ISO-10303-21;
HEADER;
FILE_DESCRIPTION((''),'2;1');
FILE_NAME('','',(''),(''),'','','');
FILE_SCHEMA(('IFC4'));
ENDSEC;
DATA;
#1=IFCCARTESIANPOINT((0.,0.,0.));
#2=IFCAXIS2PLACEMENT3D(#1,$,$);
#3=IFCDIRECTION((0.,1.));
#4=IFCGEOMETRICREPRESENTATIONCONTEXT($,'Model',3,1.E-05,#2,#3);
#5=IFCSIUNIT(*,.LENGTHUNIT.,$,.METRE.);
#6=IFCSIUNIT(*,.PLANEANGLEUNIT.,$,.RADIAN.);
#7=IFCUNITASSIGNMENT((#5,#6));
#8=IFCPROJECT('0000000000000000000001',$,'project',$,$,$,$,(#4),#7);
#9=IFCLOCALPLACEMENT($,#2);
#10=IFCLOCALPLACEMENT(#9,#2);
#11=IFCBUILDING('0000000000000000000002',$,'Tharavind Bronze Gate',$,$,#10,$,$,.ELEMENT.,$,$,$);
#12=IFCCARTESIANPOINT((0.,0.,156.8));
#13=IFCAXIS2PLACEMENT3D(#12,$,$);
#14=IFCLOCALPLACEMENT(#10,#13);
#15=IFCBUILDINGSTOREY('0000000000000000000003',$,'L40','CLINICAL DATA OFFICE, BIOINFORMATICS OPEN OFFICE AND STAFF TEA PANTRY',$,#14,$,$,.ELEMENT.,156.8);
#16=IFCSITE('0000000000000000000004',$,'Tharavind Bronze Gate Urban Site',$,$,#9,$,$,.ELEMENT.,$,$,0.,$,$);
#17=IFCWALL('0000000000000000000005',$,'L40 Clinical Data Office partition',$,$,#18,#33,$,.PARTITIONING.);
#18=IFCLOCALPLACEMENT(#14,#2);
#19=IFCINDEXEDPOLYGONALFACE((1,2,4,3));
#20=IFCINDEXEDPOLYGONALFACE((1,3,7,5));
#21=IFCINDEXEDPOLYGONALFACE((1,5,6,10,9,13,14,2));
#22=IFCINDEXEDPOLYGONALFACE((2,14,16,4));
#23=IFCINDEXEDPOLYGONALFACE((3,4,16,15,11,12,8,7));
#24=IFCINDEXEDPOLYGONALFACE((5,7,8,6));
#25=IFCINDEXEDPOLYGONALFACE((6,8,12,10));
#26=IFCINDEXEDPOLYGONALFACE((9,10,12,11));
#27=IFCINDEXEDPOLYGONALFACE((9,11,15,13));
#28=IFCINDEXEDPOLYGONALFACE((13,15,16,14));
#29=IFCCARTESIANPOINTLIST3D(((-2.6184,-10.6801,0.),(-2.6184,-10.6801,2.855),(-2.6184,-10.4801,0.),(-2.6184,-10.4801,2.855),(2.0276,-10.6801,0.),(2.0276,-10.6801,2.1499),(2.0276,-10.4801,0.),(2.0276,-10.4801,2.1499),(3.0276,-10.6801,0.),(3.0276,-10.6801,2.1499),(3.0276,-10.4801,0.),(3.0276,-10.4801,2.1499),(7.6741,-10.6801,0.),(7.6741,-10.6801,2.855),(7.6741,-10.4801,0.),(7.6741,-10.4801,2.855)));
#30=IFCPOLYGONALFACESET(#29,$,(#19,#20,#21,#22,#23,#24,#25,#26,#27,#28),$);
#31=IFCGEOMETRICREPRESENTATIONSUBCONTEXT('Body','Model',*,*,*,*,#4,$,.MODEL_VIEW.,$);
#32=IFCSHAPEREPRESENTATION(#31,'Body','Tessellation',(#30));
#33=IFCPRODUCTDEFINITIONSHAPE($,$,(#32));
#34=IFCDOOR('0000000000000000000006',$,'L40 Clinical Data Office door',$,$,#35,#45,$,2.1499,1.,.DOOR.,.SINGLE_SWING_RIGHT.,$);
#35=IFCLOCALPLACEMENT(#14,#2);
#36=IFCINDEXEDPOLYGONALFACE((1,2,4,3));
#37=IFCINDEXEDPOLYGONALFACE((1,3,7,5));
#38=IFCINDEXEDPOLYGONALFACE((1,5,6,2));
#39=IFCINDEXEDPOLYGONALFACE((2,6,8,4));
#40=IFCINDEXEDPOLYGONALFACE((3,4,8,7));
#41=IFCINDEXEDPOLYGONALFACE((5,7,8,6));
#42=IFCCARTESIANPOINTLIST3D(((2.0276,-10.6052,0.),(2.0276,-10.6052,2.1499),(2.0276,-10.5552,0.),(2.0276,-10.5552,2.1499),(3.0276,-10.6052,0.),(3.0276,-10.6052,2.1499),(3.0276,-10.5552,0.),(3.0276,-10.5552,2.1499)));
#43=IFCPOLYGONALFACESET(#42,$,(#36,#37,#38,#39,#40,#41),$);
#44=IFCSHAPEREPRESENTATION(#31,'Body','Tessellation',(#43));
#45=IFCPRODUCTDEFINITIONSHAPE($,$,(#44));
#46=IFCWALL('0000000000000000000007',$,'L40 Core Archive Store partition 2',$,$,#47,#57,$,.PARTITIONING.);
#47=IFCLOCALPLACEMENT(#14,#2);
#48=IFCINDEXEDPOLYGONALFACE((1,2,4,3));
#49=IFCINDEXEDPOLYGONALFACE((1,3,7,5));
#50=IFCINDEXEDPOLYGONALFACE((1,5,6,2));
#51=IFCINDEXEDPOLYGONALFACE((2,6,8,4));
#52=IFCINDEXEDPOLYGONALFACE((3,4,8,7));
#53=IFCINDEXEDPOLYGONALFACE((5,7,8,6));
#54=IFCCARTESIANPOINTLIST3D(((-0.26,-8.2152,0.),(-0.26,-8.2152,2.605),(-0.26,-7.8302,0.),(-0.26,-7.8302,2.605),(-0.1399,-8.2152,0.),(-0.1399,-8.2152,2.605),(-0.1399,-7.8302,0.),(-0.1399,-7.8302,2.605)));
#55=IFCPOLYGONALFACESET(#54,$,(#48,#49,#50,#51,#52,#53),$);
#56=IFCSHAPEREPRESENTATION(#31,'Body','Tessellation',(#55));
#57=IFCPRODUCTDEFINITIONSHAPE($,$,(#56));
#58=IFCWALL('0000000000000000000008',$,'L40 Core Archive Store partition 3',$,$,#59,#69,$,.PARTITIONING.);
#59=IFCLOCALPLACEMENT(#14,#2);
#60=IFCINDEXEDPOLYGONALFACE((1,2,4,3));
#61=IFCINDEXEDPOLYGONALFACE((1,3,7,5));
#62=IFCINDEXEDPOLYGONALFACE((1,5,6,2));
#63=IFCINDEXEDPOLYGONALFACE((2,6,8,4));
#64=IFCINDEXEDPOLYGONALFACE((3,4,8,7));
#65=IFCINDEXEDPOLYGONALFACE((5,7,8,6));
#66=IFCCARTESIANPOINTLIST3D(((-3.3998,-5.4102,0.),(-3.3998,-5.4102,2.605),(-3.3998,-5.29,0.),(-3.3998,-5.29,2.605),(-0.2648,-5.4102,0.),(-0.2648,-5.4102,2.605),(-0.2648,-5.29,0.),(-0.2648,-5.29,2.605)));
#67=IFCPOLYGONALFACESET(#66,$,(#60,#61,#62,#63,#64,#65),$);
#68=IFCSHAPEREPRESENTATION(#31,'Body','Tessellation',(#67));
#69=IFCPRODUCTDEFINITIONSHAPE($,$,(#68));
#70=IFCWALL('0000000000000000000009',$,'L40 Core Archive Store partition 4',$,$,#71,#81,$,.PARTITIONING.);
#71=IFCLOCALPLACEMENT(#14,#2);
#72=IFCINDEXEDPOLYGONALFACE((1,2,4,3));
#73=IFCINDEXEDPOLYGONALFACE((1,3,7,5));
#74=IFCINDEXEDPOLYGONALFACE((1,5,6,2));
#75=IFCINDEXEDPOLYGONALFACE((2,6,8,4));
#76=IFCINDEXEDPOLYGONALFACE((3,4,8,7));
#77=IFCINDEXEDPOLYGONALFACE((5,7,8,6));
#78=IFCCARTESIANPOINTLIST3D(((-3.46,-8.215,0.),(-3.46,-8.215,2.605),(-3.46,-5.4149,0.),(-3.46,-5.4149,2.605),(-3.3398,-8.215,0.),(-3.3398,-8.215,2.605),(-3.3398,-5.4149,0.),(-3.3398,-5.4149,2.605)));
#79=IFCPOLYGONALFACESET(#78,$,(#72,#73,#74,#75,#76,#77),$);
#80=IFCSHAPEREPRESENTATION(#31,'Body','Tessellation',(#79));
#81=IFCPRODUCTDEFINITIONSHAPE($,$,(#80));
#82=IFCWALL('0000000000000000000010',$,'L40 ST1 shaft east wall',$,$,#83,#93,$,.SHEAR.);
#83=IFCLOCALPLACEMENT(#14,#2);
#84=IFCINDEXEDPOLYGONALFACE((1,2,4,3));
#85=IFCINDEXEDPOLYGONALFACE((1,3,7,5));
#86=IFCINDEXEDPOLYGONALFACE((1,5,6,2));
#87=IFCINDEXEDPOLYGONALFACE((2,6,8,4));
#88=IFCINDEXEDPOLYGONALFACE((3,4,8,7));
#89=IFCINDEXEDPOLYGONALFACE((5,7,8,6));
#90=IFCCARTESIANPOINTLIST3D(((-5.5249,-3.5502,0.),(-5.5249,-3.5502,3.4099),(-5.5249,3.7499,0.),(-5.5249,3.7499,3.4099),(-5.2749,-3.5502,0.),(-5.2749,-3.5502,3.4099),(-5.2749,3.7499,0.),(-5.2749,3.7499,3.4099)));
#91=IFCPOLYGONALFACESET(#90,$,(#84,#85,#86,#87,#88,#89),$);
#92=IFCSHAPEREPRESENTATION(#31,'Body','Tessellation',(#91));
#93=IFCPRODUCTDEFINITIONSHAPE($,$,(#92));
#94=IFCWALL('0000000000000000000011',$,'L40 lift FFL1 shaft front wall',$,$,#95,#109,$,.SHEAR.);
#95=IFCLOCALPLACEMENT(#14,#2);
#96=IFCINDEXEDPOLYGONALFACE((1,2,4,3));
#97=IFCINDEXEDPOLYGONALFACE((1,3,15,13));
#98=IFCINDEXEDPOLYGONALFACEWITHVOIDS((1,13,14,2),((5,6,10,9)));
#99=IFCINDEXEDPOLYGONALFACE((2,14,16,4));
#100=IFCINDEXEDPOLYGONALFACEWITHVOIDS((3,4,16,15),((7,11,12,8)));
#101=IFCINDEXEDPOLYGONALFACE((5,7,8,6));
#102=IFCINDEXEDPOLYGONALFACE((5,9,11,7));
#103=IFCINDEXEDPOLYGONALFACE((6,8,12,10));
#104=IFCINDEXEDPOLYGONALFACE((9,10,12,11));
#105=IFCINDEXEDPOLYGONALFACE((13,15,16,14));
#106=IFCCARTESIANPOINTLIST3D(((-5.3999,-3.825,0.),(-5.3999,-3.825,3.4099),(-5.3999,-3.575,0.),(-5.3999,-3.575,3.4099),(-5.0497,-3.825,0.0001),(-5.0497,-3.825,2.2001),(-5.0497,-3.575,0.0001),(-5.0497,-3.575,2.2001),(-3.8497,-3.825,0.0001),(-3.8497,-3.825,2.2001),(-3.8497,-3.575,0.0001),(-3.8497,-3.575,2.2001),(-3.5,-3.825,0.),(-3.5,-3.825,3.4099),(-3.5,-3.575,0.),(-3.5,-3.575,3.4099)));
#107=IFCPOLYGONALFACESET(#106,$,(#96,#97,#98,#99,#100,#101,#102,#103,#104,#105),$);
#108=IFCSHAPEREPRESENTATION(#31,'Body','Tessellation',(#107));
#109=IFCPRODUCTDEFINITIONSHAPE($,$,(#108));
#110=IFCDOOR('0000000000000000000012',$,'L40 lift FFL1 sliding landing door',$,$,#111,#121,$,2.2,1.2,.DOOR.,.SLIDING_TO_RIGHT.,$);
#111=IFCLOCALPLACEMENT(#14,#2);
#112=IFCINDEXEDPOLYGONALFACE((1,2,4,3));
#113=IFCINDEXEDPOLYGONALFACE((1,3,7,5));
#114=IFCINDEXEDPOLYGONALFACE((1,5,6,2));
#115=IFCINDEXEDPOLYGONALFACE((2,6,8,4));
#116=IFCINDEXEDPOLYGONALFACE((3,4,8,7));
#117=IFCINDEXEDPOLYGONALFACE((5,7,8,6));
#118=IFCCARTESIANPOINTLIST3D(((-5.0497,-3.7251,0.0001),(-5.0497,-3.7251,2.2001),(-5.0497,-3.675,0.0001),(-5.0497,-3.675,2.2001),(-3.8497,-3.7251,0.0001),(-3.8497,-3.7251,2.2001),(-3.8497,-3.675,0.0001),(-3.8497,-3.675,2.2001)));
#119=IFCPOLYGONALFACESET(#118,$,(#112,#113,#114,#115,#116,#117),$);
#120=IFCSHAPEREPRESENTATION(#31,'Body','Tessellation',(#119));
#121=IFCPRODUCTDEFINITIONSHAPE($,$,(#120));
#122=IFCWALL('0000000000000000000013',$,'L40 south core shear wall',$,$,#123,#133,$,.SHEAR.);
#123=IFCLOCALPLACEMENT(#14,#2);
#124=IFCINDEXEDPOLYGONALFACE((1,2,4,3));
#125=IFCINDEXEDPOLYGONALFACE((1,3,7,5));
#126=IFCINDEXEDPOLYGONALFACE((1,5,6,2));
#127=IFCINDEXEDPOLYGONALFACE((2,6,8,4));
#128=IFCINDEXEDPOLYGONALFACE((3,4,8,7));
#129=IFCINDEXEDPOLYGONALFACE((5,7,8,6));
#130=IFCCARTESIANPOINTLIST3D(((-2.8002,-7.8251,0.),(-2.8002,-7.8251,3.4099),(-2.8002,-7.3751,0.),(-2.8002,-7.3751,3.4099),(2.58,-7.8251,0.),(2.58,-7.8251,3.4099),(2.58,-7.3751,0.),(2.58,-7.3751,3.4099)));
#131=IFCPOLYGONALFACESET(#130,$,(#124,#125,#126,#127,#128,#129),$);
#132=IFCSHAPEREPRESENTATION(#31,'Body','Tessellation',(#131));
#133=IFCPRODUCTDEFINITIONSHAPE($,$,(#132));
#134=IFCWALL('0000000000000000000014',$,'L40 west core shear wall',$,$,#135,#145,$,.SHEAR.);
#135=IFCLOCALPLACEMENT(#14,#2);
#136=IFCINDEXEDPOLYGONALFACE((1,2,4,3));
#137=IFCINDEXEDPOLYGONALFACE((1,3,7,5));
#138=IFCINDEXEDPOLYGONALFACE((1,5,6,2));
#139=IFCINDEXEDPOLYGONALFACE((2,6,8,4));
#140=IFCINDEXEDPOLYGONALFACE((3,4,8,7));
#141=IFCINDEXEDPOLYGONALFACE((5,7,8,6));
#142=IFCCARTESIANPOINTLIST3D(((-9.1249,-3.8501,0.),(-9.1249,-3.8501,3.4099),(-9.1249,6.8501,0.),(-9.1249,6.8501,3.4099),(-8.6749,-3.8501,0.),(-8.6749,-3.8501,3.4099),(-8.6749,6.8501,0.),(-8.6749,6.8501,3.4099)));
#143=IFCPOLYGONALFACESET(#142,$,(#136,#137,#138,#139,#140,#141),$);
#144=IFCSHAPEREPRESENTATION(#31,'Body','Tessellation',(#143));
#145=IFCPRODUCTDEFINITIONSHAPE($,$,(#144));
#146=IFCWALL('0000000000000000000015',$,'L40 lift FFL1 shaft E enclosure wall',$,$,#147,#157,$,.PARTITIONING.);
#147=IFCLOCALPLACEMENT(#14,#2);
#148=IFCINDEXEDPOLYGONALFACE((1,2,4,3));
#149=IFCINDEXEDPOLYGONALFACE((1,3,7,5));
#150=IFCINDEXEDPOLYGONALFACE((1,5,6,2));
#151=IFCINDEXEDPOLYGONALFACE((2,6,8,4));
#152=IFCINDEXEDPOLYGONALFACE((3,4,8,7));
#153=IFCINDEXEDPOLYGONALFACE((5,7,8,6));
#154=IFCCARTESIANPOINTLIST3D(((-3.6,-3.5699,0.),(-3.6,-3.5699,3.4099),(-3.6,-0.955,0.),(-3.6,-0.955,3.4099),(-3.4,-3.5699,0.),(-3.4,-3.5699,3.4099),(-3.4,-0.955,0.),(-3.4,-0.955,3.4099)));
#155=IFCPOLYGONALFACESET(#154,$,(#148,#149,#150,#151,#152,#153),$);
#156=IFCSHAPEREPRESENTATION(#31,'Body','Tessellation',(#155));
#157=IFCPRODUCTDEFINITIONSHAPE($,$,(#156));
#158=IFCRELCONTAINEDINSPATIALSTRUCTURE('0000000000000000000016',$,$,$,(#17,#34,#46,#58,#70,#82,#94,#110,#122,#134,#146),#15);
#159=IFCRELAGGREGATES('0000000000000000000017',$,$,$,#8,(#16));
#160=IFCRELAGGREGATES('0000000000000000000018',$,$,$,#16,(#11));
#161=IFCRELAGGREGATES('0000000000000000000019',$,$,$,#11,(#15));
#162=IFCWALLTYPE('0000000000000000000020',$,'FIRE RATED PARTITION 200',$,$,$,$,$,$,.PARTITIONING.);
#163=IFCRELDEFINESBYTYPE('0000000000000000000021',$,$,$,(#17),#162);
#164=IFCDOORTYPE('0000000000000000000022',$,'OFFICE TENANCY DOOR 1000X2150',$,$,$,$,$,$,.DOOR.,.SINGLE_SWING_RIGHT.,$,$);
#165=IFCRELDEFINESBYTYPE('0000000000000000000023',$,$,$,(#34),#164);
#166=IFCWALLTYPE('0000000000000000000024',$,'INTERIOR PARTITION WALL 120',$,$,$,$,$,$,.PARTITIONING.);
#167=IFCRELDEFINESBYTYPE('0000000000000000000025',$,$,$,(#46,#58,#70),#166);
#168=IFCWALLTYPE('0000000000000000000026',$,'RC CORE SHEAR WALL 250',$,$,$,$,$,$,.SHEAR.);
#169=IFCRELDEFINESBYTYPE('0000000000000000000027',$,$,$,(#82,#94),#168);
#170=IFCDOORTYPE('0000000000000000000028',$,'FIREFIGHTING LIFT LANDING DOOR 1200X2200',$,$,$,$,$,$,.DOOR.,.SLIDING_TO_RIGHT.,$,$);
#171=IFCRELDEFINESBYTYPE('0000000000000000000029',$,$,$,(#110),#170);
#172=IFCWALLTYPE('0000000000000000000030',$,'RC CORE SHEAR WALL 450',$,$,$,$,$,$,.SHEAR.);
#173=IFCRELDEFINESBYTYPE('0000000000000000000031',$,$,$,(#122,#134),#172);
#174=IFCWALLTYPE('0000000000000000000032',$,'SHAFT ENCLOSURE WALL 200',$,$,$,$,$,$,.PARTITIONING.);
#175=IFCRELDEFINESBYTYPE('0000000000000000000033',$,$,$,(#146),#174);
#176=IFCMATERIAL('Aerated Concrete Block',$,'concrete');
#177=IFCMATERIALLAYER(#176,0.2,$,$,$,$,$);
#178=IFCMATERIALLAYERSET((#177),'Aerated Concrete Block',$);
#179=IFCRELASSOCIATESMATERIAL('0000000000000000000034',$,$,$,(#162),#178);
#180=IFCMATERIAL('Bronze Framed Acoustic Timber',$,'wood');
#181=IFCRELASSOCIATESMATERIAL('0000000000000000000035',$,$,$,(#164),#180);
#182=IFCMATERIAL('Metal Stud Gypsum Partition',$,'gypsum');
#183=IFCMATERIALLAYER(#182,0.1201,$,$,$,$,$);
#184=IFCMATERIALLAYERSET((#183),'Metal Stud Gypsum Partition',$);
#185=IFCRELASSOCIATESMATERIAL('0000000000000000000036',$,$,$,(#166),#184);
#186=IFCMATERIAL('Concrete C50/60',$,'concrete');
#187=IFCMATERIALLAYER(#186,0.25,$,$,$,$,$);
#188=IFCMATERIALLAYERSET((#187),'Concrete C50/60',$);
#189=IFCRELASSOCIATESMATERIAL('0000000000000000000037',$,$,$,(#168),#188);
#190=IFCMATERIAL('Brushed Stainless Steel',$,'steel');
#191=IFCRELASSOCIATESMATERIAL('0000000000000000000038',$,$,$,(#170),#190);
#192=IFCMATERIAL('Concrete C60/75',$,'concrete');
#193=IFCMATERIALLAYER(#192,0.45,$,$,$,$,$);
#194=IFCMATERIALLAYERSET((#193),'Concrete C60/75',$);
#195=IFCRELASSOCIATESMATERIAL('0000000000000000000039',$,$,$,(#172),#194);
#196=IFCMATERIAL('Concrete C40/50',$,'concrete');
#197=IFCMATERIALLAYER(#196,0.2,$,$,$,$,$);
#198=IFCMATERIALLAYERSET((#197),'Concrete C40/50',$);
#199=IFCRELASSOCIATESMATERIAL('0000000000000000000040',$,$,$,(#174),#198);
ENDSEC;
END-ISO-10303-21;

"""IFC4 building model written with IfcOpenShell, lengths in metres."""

from ifc_helpers import new_model, si_unit, direction, frame, frame_2d, origin, place, context, subcontext, project, spatial, rectangle, extrude, material, layer, layer_set, type_object, element, fill, save


model = new_model("IFC4")

# Units and contexts
model_context = context("Model", 3, precision=1e-05, world=origin(), true_north=direction((0.0, 1.0)))
body_context = subcontext(model_context, "Body", "Model", "MODEL_VIEW")
ifc_project = project(units=[si_unit("LENGTHUNIT", "METRE"), si_unit("PLANEANGLEUNIT", "RADIAN")], contexts=[model_context])

# Site, building, storey
site_placement = place(None, origin())
site = spatial("IfcSite", under=ifc_project, at=site_placement, Name="Tharavind Bronze Gate Urban Site", CompositionType="ELEMENT", RefElevation=0.0)
building_placement = place(site_placement, origin())
building = spatial("IfcBuilding", under=site, at=building_placement, Name="Tharavind Bronze Gate", CompositionType="ELEMENT")
storey_placement = place(building_placement, frame((0.0, 0.0, 156.8)))
storey = spatial("IfcBuildingStorey", under=building, at=storey_placement, Name="L40", Description="CLINICAL DATA OFFICE, BIOINFORMATICS OPEN OFFICE AND STAFF TEA PANTRY", CompositionType="ELEMENT", Elevation=156.8)

# Shared definitions
ifc_material_1 = material(Name="Concrete C60/75", Category="concrete")

# Shared definitions
ifc_material_2 = material(Name="Aerated Concrete Block", Category="concrete")
ifc_layer_1 = layer(ifc_material_2, 0.2)
ifc_layer_set_1 = layer_set([ifc_layer_1], Name="Aerated Concrete Block")
wall_type_1 = type_object("IfcWallType", Name="FIRE RATED PARTITION 200", PredefinedType="PARTITIONING", material=ifc_layer_set_1)

# Wall, opening, door
wall_1_placement = place(storey_placement, frame((-2.6184, -10.5801, 0.0), z_axis=(0.0, 0.0, 1.0), x_axis=(1.0, 0.0, 0.0)))
wall_1 = element("IfcWall", 1, at=wall_1_placement, inside=storey, type_object=wall_type_1, Name="L40 Clinical Data Office partition", PredefinedType="PARTITIONING", context=body_context, shape_type="SweptSolid", body=[
    extrude(rectangle(XDim=10.2925, YDim=0.2, at=frame_2d((5.1462, 0.0))), origin(), (0.0, 0.0, 1.0), 2.855),
])
opening_1_placement = place(wall_1_placement, frame((4.646, 0.0, 0.0)))
opening_1 = element("IfcOpeningElement", 2, at=opening_1_placement, cuts=wall_1, PredefinedType="OPENING", context=body_context, shape_type="SweptSolid", body=[
    extrude(rectangle(XDim=1.0, YDim=2.1499, at=frame_2d((0.5, 1.075))), frame((0.0, 0.1101, 0.0), z_axis=(0.0, -1.0, 0.0), x_axis=(1.0, 0.0, 0.0)), (0.0, 0.0, 1.0), 0.22),
])
ifc_material_3 = material(Name="Bronze Framed Acoustic Timber", Category="wood")
door_type_1 = type_object("IfcDoorType", Name="OFFICE TENANCY DOOR 1000X2150", OperationType="SINGLE_SWING_RIGHT", PredefinedType="DOOR", material=ifc_material_3)
door_1_placement = place(opening_1_placement, origin())
door_1 = element("IfcDoor", 3, at=door_1_placement, inside=storey, type_object=door_type_1, Name="L40 Clinical Data Office door", OperationType="SINGLE_SWING_RIGHT", OverallHeight=2.1499, OverallWidth=1.0, PredefinedType="DOOR", context=body_context, shape_type="SweptSolid", body=[
    extrude(rectangle(XDim=1.0, YDim=2.1499, at=frame_2d((0.5, 1.075))), frame((0.0, 0.0249, 0.0), z_axis=(0.0, -1.0, 0.0), x_axis=(1.0, 0.0, 0.0)), (0.0, 0.0, 1.0), 0.05),
])
fill(opening_1, door_1)

# Walls
ifc_material_4 = material(Name="Metal Stud Gypsum Partition", Category="gypsum")
ifc_layer_2 = layer(ifc_material_4, 0.1201)
ifc_layer_set_2 = layer_set([ifc_layer_2], Name="Metal Stud Gypsum Partition")
wall_type_2 = type_object("IfcWallType", Name="INTERIOR PARTITION WALL 120", PredefinedType="PARTITIONING", material=ifc_layer_set_2)
wall_2_placement = place(storey_placement, frame((-0.2, -8.2151, 0.0), z_axis=(0.0, 0.0, 1.0), x_axis=(0.0, 1.0, 0.0)))
element("IfcWall", 4, at=wall_2_placement, inside=storey, type_object=wall_type_2, Name="L40 Core Archive Store partition 2", PredefinedType="PARTITIONING", context=body_context, shape_type="SweptSolid", body=[
    extrude(rectangle(XDim=0.385, YDim=0.1201, at=frame_2d((0.1924, 0.0))), origin(), (0.0, 0.0, 1.0), 2.605),
])
wall_3_placement = place(storey_placement, frame((-0.2649, -5.3501, 0.0), z_axis=(0.0, 0.0, 1.0), x_axis=(-1.0, 0.0, 0.0)))
element("IfcWall", 5, at=wall_3_placement, inside=storey, type_object=wall_type_2, Name="L40 Core Archive Store partition 3", PredefinedType="PARTITIONING", context=body_context, shape_type="SweptSolid", body=[
    extrude(rectangle(XDim=3.135, YDim=0.1201, at=frame_2d((1.5674, 0.0))), origin(), (0.0, 0.0, 1.0), 2.605),
])
wall_4_placement = place(storey_placement, frame((-3.3999, -5.415, 0.0), z_axis=(0.0, 0.0, 1.0), x_axis=(0.0, -1.0, 0.0)))
element("IfcWall", 6, at=wall_4_placement, inside=storey, type_object=wall_type_2, Name="L40 Core Archive Store partition 4", PredefinedType="PARTITIONING", context=body_context, shape_type="SweptSolid", body=[
    extrude(rectangle(XDim=2.8, YDim=0.1201, at=frame_2d((1.3999, 0.0))), origin(), (0.0, 0.0, 1.0), 2.605),
])
ifc_material_5 = material(Name="Concrete C50/60", Category="concrete")
ifc_layer_3 = layer(ifc_material_5, 0.25)
ifc_layer_set_3 = layer_set([ifc_layer_3], Name="Concrete C50/60")
wall_type_3 = type_object("IfcWallType", Name="RC CORE SHEAR WALL 250", PredefinedType="SHEAR", material=ifc_layer_set_3)
wall_5_placement = place(storey_placement, frame((-5.3999, -3.55, 0.0), z_axis=(0.0, 0.0, 1.0), x_axis=(0.0, 1.0, 0.0)))
element("IfcWall", 7, at=wall_5_placement, inside=storey, type_object=wall_type_3, Name="L40 ST1 shaft east wall", PredefinedType="SHEAR", context=body_context, shape_type="SweptSolid", body=[
    extrude(rectangle(XDim=7.3, YDim=0.25, at=frame_2d((3.6499, 0.0))), origin(), (0.0, 0.0, 1.0), 3.4099),
])

# Wall, opening, door
wall_6_placement = place(storey_placement, frame((-5.3999, -3.7, 0.0), z_axis=(0.0, 0.0, 1.0), x_axis=(1.0, 0.0, 0.0)))
wall_6 = element("IfcWall", 8, at=wall_6_placement, inside=storey, type_object=wall_type_3, Name="L40 lift FFL1 shaft front wall", PredefinedType="SHEAR", context=body_context, shape_type="SweptSolid", body=[
    extrude(rectangle(XDim=1.8999, YDim=0.25, at=frame_2d((0.95, 0.0))), origin(), (0.0, 0.0, 1.0), 3.4099),
])
opening_2_placement = place(wall_6_placement, frame((0.3501, 0.0, 0.0)))
opening_2 = element("IfcOpeningElement", 9, at=opening_2_placement, cuts=wall_6, PredefinedType="OPENING", context=body_context, shape_type="SweptSolid", body=[
    extrude(rectangle(XDim=1.2, YDim=2.2, at=frame_2d((0.6001, 1.1001))), frame((0.0, 0.135, 0.0), z_axis=(0.0, -1.0, 0.0), x_axis=(1.0, 0.0, 0.0)), (0.0, 0.0, 1.0), 0.27),
])
ifc_material_6 = material(Name="Brushed Stainless Steel", Category="steel")
door_type_2 = type_object("IfcDoorType", Name="FIREFIGHTING LIFT LANDING DOOR 1200X2200", OperationType="SLIDING_TO_RIGHT", PredefinedType="DOOR", material=ifc_material_6)
door_2_placement = place(opening_2_placement, origin())
door_2 = element("IfcDoor", 10, at=door_2_placement, inside=storey, type_object=door_type_2, Name="L40 lift FFL1 sliding landing door", OperationType="SLIDING_TO_RIGHT", OverallHeight=2.2, OverallWidth=1.2, PredefinedType="DOOR", context=body_context, shape_type="SweptSolid", body=[
    extrude(rectangle(XDim=1.2, YDim=2.2, at=frame_2d((0.6001, 1.1001))), frame((0.0, 0.0249, 0.0), z_axis=(0.0, -1.0, 0.0), x_axis=(1.0, 0.0, 0.0)), (0.0, 0.0, 1.0), 0.05),
])
fill(opening_2, door_2)

# Walls
ifc_layer_4 = layer(ifc_material_1, 0.45)
ifc_layer_set_4 = layer_set([ifc_layer_4], Name="Concrete C60/75")
wall_type_4 = type_object("IfcWallType", Name="RC CORE SHEAR WALL 450", PredefinedType="SHEAR", material=ifc_layer_set_4)
wall_7_placement = place(storey_placement, frame((-2.8, -7.6001, 0.0), z_axis=(0.0, 0.0, 1.0), x_axis=(1.0, 0.0, 0.0)))
element("IfcWall", 11, at=wall_7_placement, inside=storey, type_object=wall_type_4, Name="L40 south core shear wall", PredefinedType="SHEAR", context=body_context, shape_type="SweptSolid", body=[
    extrude(rectangle(XDim=5.3801, YDim=0.45, at=frame_2d((2.6899, 0.0))), origin(), (0.0, 0.0, 1.0), 3.4099),
])
wall_8_placement = place(storey_placement, frame((-8.8999, -3.8501, 0.0), z_axis=(0.0, 0.0, 1.0), x_axis=(0.0, 1.0, 0.0)))
element("IfcWall", 12, at=wall_8_placement, inside=storey, type_object=wall_type_4, Name="L40 west core shear wall", PredefinedType="SHEAR", context=body_context, shape_type="SweptSolid", body=[
    extrude(rectangle(XDim=10.7002, YDim=0.45, at=frame_2d((5.3501, 0.0))), origin(), (0.0, 0.0, 1.0), 3.4099),
])
ifc_material_7 = material(Name="Concrete C40/50", Category="concrete")
ifc_layer_5 = layer(ifc_material_7, 0.2)
ifc_layer_set_5 = layer_set([ifc_layer_5], Name="Concrete C40/50")
wall_type_5 = type_object("IfcWallType", Name="SHAFT ENCLOSURE WALL 200", PredefinedType="PARTITIONING", material=ifc_layer_set_5)
wall_9_placement = place(storey_placement, frame((-3.5, -3.5701, 0.0), z_axis=(0.0, 0.0, 1.0), x_axis=(0.0, 1.0, 0.0)))
element("IfcWall", 13, at=wall_9_placement, inside=storey, type_object=wall_type_5, Name="L40 lift FFL1 shaft E enclosure wall", PredefinedType="PARTITIONING", context=body_context, shape_type="SweptSolid", body=[
    extrude(rectangle(XDim=2.615, YDim=0.2, at=frame_2d((1.3076, 0.0))), origin(), (0.0, 0.0, 1.0), 3.4099),
])

save(model, "model.ifc")
